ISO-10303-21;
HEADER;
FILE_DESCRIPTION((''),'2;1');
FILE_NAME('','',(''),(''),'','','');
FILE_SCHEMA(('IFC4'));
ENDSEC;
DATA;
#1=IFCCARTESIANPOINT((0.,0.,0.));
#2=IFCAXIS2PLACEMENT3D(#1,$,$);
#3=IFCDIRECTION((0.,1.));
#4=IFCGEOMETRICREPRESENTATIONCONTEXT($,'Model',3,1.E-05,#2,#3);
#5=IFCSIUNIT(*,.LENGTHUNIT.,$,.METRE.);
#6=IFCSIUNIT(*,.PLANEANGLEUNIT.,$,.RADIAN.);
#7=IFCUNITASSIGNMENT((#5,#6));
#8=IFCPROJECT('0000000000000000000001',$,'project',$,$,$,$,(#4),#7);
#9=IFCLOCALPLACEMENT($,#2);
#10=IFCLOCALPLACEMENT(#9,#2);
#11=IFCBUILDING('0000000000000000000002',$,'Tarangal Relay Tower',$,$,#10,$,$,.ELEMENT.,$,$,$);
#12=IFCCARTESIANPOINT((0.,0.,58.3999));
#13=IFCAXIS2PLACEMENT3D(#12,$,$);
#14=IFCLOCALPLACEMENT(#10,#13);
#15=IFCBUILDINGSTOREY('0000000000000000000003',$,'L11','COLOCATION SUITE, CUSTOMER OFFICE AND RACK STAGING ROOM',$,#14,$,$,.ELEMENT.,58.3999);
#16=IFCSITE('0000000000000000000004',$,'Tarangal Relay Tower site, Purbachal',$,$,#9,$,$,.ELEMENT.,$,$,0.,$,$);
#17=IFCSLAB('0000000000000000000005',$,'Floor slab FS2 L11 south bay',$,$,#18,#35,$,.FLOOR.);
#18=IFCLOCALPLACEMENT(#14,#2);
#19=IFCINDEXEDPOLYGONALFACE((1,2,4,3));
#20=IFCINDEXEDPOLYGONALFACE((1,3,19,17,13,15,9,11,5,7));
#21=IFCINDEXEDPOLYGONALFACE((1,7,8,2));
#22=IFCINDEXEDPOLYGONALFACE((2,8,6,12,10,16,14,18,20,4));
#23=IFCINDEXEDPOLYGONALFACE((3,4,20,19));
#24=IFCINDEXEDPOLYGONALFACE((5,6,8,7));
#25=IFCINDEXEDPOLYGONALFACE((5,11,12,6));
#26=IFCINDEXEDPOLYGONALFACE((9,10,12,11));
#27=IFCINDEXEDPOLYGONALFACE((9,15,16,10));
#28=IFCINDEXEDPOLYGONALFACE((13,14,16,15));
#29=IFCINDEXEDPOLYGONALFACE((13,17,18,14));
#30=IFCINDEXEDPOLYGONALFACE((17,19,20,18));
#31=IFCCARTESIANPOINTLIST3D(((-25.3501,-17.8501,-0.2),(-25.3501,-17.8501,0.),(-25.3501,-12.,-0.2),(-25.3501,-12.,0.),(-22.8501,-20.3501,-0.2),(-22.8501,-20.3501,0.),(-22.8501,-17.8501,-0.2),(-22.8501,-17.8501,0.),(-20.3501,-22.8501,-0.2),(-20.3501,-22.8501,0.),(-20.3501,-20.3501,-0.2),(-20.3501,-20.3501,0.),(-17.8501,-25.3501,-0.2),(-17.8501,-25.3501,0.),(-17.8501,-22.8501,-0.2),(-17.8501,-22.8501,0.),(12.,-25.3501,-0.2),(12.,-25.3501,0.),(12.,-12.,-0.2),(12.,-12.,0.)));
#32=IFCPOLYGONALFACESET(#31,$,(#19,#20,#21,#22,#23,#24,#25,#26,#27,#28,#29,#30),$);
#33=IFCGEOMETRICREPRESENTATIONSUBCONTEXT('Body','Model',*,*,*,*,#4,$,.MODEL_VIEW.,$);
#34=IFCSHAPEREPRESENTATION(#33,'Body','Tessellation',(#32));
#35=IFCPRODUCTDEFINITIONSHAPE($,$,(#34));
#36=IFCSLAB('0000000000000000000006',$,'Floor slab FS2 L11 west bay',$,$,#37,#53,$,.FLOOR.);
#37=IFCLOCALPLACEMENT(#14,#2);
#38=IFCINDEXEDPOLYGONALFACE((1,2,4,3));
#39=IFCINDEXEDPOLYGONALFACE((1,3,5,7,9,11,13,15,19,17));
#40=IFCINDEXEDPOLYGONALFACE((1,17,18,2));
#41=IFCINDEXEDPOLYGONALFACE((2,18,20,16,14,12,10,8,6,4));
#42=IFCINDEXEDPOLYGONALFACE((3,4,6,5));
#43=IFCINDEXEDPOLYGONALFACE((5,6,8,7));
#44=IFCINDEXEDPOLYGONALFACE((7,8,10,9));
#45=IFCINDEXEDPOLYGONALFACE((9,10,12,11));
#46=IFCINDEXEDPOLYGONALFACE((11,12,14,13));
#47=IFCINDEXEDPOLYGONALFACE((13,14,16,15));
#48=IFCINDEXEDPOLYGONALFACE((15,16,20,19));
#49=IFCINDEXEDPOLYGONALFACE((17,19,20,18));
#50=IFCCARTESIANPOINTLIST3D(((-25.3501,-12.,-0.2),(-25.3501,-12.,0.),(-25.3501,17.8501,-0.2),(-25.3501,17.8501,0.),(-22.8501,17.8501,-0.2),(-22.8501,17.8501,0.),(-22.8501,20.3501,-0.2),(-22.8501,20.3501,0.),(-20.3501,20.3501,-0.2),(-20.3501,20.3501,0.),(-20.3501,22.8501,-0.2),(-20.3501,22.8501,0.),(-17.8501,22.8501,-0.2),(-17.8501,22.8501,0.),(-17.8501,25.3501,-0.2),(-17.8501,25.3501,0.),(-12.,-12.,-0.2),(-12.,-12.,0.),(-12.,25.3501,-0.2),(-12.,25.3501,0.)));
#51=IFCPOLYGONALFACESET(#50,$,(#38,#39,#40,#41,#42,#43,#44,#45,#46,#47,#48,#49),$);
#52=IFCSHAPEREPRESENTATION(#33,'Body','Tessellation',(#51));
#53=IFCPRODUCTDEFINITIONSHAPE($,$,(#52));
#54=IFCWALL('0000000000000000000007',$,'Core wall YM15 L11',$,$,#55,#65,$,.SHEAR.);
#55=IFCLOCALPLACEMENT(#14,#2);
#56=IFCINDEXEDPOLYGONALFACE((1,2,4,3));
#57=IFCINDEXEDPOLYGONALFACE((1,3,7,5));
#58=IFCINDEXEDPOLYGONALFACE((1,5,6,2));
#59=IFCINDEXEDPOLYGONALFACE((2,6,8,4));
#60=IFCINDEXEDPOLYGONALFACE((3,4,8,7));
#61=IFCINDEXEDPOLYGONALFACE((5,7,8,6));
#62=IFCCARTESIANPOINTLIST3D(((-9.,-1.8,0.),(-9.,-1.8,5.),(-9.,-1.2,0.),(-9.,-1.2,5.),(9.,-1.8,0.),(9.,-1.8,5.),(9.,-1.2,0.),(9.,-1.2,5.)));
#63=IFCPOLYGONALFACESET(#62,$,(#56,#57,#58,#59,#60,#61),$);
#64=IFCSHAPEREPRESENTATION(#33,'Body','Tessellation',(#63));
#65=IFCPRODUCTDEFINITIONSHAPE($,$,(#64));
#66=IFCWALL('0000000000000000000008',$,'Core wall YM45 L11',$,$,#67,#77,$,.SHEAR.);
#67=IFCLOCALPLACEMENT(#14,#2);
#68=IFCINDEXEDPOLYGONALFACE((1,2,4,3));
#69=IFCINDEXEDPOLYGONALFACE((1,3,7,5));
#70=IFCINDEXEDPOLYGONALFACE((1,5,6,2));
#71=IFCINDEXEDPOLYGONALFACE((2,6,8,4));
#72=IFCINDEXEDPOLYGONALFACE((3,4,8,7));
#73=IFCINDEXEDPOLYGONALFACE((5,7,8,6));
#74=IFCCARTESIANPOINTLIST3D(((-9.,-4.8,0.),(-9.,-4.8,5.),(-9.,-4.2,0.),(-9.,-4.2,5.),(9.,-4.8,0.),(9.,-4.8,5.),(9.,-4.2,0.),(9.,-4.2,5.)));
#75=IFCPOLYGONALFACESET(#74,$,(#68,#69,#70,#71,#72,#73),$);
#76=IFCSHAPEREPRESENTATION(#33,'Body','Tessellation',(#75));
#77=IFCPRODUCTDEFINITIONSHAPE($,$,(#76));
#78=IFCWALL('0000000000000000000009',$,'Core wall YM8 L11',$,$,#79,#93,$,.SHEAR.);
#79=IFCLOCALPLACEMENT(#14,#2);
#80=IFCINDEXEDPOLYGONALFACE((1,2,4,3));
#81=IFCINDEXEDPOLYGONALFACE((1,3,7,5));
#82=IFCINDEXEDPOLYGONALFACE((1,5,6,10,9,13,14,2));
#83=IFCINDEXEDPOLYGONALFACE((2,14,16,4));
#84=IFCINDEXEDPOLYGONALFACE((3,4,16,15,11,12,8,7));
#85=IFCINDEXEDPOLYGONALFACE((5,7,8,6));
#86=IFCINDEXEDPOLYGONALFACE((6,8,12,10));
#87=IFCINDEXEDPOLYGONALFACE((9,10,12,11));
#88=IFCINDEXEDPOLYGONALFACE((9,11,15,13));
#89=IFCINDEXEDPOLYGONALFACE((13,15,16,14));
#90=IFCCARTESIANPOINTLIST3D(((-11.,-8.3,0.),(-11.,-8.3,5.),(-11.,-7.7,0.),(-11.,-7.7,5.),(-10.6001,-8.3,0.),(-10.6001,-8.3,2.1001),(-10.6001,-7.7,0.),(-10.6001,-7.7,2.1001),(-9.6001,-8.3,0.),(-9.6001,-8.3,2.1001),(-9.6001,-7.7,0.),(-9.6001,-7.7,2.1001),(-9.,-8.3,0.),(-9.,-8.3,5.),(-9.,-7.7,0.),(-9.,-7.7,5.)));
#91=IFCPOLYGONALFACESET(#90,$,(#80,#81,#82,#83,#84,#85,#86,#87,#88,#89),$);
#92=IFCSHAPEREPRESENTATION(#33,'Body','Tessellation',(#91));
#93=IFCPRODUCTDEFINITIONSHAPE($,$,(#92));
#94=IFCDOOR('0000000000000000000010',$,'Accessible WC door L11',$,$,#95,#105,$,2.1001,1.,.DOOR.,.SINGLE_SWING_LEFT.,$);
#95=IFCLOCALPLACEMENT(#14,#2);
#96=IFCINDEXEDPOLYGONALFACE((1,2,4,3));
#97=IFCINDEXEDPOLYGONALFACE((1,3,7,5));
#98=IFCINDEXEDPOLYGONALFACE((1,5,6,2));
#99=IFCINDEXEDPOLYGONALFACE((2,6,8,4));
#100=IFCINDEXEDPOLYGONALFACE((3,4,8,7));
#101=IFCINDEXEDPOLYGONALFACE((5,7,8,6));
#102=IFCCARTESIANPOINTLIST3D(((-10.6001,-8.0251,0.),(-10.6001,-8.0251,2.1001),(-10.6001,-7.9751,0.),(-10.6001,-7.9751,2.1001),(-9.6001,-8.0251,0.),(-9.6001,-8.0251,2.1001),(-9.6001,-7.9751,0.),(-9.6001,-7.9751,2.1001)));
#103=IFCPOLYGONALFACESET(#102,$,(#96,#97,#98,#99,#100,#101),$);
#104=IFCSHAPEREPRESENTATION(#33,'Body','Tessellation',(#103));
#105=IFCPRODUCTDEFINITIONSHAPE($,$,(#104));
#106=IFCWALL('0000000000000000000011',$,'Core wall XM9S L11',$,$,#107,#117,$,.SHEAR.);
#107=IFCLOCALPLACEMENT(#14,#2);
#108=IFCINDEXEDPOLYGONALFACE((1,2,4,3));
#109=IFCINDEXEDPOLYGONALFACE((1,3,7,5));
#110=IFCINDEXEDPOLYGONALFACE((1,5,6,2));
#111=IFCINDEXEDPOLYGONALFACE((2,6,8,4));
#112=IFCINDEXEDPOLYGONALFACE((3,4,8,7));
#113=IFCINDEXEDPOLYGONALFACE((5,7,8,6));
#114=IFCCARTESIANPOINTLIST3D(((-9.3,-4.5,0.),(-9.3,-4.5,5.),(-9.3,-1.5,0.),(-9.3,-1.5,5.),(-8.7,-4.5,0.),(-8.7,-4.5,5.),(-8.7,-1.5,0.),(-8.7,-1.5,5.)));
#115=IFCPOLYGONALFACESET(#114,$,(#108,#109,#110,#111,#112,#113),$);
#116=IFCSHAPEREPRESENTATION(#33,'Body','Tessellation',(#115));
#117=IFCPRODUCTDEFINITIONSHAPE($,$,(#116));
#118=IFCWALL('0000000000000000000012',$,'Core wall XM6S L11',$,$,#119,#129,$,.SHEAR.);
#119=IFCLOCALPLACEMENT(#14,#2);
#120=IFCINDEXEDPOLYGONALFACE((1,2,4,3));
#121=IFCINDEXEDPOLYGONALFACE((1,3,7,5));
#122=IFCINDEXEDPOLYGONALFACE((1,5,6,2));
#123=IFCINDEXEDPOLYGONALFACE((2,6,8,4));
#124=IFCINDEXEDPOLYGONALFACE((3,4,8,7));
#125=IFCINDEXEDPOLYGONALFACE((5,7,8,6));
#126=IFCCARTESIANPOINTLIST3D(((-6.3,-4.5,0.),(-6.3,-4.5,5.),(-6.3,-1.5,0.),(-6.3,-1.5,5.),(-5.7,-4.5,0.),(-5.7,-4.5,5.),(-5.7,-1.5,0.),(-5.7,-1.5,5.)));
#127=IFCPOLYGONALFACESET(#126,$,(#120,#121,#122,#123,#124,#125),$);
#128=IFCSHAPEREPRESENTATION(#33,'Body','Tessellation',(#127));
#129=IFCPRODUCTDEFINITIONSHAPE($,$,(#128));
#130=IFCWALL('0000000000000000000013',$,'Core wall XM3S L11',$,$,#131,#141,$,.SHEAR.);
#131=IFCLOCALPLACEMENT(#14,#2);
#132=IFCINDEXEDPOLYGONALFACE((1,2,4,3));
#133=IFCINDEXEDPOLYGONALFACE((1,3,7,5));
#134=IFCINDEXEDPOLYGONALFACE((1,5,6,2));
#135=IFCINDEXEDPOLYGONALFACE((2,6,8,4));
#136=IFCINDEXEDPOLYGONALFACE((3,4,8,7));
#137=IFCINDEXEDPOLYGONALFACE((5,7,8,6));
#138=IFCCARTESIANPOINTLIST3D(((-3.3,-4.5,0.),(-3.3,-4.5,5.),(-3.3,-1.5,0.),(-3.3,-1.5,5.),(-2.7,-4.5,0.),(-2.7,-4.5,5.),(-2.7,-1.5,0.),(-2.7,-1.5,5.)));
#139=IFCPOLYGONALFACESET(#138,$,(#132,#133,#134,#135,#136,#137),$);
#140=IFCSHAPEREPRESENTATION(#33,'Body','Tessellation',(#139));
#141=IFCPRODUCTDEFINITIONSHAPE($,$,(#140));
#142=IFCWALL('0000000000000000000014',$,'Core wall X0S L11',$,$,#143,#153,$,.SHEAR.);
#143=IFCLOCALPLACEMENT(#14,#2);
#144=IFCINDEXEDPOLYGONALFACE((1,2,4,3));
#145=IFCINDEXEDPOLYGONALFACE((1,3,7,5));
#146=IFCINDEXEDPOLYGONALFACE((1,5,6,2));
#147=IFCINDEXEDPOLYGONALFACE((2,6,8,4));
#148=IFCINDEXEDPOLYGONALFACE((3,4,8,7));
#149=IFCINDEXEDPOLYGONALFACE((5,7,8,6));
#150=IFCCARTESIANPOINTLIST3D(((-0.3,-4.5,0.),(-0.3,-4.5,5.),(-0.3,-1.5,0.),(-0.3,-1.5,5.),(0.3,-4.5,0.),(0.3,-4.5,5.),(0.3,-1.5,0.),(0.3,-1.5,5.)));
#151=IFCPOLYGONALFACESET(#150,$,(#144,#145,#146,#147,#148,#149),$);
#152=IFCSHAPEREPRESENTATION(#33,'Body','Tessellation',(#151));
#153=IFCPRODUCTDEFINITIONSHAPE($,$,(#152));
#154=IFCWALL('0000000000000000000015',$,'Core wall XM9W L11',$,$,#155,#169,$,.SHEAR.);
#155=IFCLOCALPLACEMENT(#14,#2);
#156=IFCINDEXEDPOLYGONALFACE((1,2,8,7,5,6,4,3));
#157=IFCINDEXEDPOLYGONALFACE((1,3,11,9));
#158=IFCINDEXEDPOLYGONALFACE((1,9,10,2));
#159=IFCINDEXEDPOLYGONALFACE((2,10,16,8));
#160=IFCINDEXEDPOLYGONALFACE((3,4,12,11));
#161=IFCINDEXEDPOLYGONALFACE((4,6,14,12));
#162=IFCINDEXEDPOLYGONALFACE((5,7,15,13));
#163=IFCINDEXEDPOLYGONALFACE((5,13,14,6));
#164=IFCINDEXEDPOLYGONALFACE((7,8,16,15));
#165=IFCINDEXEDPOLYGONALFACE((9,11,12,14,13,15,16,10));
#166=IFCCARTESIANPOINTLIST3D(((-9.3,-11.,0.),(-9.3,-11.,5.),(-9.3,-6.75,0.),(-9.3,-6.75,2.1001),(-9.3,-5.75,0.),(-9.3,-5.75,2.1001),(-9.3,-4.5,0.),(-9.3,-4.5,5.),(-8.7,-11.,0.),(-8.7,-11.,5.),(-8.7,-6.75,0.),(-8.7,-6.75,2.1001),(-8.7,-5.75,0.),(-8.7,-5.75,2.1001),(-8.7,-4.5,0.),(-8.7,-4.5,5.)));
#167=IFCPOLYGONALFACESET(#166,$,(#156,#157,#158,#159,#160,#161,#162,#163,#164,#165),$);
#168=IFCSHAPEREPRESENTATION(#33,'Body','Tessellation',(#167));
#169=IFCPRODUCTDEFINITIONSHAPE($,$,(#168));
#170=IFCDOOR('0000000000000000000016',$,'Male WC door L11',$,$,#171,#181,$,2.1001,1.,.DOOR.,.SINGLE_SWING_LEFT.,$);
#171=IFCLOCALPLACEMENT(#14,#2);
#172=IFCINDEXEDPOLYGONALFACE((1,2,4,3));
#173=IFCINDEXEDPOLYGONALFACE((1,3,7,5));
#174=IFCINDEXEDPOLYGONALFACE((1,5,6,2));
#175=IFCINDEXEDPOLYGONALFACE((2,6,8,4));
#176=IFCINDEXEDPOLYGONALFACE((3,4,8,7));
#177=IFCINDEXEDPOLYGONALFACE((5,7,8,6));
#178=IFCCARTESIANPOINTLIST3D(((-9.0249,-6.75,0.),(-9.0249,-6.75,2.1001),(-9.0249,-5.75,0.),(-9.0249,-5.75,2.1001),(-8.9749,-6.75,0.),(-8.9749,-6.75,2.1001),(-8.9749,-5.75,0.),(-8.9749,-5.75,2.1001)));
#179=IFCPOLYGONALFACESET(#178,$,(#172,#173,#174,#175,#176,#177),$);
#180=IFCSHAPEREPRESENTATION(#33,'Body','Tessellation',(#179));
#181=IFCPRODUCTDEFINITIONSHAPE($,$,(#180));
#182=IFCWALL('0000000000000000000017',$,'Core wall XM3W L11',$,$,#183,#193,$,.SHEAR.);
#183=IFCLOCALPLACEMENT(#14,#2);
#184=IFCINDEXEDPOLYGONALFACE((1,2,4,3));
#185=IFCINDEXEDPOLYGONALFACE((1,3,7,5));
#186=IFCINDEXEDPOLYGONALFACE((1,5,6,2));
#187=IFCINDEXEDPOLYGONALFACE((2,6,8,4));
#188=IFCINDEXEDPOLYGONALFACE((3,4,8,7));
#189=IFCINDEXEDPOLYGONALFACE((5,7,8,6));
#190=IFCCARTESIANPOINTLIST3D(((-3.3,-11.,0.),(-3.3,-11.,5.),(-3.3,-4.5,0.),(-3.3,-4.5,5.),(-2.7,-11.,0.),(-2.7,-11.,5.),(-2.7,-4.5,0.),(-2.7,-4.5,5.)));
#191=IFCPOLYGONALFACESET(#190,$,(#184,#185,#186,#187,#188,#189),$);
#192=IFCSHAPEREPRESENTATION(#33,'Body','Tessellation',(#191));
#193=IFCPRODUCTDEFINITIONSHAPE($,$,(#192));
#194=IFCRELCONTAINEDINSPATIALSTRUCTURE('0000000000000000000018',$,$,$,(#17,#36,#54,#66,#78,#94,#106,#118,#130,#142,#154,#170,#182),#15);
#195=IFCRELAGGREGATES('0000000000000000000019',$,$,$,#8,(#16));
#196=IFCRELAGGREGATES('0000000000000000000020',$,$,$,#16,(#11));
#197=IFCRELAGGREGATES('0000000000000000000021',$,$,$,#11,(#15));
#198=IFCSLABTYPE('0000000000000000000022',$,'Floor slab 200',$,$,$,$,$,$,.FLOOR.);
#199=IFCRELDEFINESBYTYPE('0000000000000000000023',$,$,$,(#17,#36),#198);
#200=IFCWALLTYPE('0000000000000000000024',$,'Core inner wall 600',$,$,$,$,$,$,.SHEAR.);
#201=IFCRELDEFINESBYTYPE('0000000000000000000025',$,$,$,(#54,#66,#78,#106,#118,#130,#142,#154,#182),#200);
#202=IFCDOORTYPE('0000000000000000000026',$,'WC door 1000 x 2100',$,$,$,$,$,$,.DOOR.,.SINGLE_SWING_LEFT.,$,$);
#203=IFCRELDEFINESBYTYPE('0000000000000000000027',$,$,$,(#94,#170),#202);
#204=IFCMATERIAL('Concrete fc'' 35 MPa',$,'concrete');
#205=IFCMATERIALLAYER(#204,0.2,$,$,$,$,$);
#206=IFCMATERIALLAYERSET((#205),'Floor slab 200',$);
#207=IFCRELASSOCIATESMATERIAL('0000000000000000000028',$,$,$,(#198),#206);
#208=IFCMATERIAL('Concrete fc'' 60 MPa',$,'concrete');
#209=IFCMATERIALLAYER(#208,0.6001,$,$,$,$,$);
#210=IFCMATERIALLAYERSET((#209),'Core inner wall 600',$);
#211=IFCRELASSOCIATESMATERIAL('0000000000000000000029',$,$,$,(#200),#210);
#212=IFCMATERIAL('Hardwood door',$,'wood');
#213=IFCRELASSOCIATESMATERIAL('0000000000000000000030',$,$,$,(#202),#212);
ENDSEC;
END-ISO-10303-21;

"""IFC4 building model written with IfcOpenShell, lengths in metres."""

from ifc_helpers import new_model, si_unit, direction, frame, frame_2d, origin, place, context, subcontext, project, spatial, polyline, rectangle, outline, extrude, material, layer, layer_set, type_object, element, fill, save


model = new_model("IFC4")

# Units and contexts
model_context = context("Model", 3, precision=1e-05, world=origin(), true_north=direction((0.0, 1.0)))
body_context = subcontext(model_context, "Body", "Model", "MODEL_VIEW")
ifc_project = project(units=[si_unit("LENGTHUNIT", "METRE"), si_unit("PLANEANGLEUNIT", "RADIAN")], contexts=[model_context])

# Site, building, storey
site_placement = place(None, origin())
site = spatial("IfcSite", under=ifc_project, at=site_placement, Name="Tarangal Relay Tower site, Purbachal", CompositionType="ELEMENT", RefElevation=0.0)
building_placement = place(site_placement, origin())
building = spatial("IfcBuilding", under=site, at=building_placement, Name="Tarangal Relay Tower", CompositionType="ELEMENT")
storey_placement = place(building_placement, frame((0.0, 0.0, 58.3999)))
storey = spatial("IfcBuildingStorey", under=building, at=storey_placement, Name="L11", Description="COLOCATION SUITE, CUSTOMER OFFICE AND RACK STAGING ROOM", CompositionType="ELEMENT", Elevation=58.3999)

# Slabs
ifc_material_1 = material(Name="Concrete fc' 35 MPa", Category="concrete")
ifc_layer_1 = layer(ifc_material_1, 0.2)
ifc_layer_set_1 = layer_set([ifc_layer_1], Name="Floor slab 200")
slab_type = type_object("IfcSlabType", Name="Floor slab 200", PredefinedType="FLOOR", material=ifc_layer_set_1)
slab_1_placement = place(storey_placement, frame((0.0, 0.0, -0.2)))
element("IfcSlab", 1, at=slab_1_placement, inside=storey, type_object=slab_type, Name="Floor slab FS2 L11 south bay", PredefinedType="FLOOR", context=body_context, shape_type="SweptSolid", body=[
    extrude(outline(polyline([(-17.8501, -25.3501), (-17.8501, -22.8501), (-20.3501, -22.8501), (-20.3501, -20.3501), (-22.8501, -20.3501), (-22.8501, -17.8501), (-25.3501, -17.8501), (-25.3501, -12.0), (12.0, -12.0), (12.0, -25.3501), (-17.8501, -25.3501)])), origin(), (0.0, 0.0, 1.0), 0.2),
])
slab_2_placement = place(storey_placement, frame((0.0, 0.0, -0.2)))
element("IfcSlab", 2, at=slab_2_placement, inside=storey, type_object=slab_type, Name="Floor slab FS2 L11 west bay", PredefinedType="FLOOR", context=body_context, shape_type="SweptSolid", body=[
    extrude(outline(polyline([(-12.0, 25.3501), (-12.0, -12.0), (-25.3501, -12.0), (-25.3501, 17.8501), (-22.8501, 17.8501), (-22.8501, 20.3501), (-20.3501, 20.3501), (-20.3501, 22.8501), (-17.8501, 22.8501), (-17.8501, 25.3501), (-12.0, 25.3501)])), origin(), (0.0, 0.0, 1.0), 0.2),
])

# Walls
ifc_material_2 = material(Name="Concrete fc' 60 MPa", Category="concrete")
ifc_layer_2 = layer(ifc_material_2, 0.6001)
ifc_layer_set_2 = layer_set([ifc_layer_2], Name="Core inner wall 600")
wall_type_1 = type_object("IfcWallType", Name="Core inner wall 600", PredefinedType="SHEAR", material=ifc_layer_set_2)
for number, where, z_axis, x_axis, name in (
    (3, (-9.0, -1.5, 0.0), (0.0, 0.0, 1.0), (1.0, 0.0, 0.0), "Core wall YM15 L11"),
    (4, (-9.0, -4.5, 0.0), (0.0, 0.0, 1.0), (1.0, 0.0, 0.0), "Core wall YM45 L11"),
):
    element("IfcWall", number, at=place(storey_placement, frame(where, z_axis=z_axis, x_axis=x_axis)), inside=storey, type_object=wall_type_1, Name=name, PredefinedType="SHEAR", context=body_context, shape_type="SweptSolid", body=[
        extrude(rectangle(XDim=18.0, YDim=0.6001, at=frame_2d((9.0, 0.0))), origin(), (0.0, 0.0, 1.0), 5.0),
    ])

# Wall, opening, door
wall_1_placement = place(storey_placement, frame((-11.0, -8.0, 0.0), z_axis=(0.0, 0.0, 1.0), x_axis=(1.0, 0.0, 0.0)))
wall_1 = element("IfcWall", 5, at=wall_1_placement, inside=storey, type_object=wall_type_1, Name="Core wall YM8 L11", PredefinedType="SHEAR", context=body_context, shape_type="SweptSolid", body=[
    extrude(rectangle(XDim=2.0, YDim=0.6001, at=frame_2d((1.0, 0.0))), origin(), (0.0, 0.0, 1.0), 5.0),
])
opening_1_placement = place(wall_1_placement, frame((0.3999, 0.0, 0.0)))
opening_1 = element("IfcOpeningElement", 6, at=opening_1_placement, cuts=wall_1, PredefinedType="OPENING", context=body_context, shape_type="SweptSolid", body=[
    extrude(rectangle(XDim=1.0, YDim=2.1001, at=frame_2d((0.5, 1.05))), frame((0.0, 0.3101, 0.0), z_axis=(0.0, -1.0, 0.0), x_axis=(1.0, 0.0, 0.0)), (0.0, 0.0, 1.0), 0.6201),
])
ifc_material_3 = material(Name="Hardwood door", Category="wood")
door_type_1 = type_object("IfcDoorType", Name="WC door 1000 x 2100", OperationType="SINGLE_SWING_LEFT", PredefinedType="DOOR", material=ifc_material_3)
door_1_placement = place(opening_1_placement, origin())
door_1 = element("IfcDoor", 7, at=door_1_placement, inside=storey, type_object=door_type_1, Name="Accessible WC door L11", OperationType="SINGLE_SWING_LEFT", OverallHeight=2.1001, OverallWidth=1.0, PredefinedType="DOOR", context=body_context, shape_type="SweptSolid", body=[
    extrude(rectangle(XDim=1.0, YDim=2.1001, at=frame_2d((0.5, 1.05))), frame((0.0, 0.0249, 0.0), z_axis=(0.0, -1.0, 0.0), x_axis=(1.0, 0.0, 0.0)), (0.0, 0.0, 1.0), 0.05),
])
fill(opening_1, door_1)

# Walls
for number, where, z_axis, x_axis, name in (
    (8, (-9.0, -4.5, 0.0), (0.0, 0.0, 1.0), (0.0, 1.0, 0.0), "Core wall XM9S L11"),
    (9, (-6.0, -4.5, 0.0), (0.0, 0.0, 1.0), (0.0, 1.0, 0.0), "Core wall XM6S L11"),
    (10, (-3.0, -4.5, 0.0), (0.0, 0.0, 1.0), (0.0, 1.0, 0.0), "Core wall XM3S L11"),
    (11, (0.0, -4.5, 0.0), (0.0, 0.0, 1.0), (0.0, 1.0, 0.0), "Core wall X0S L11"),
):
    element("IfcWall", number, at=place(storey_placement, frame(where, z_axis=z_axis, x_axis=x_axis)), inside=storey, type_object=wall_type_1, Name=name, PredefinedType="SHEAR", context=body_context, shape_type="SweptSolid", body=[
        extrude(rectangle(XDim=3.0, YDim=0.6001, at=frame_2d((1.5, 0.0))), origin(), (0.0, 0.0, 1.0), 5.0),
    ])

# Wall, opening, door
wall_2_placement = place(storey_placement, frame((-9.0, -11.0, 0.0), z_axis=(0.0, 0.0, 1.0), x_axis=(0.0, 1.0, 0.0)))
wall_2 = element("IfcWall", 12, at=wall_2_placement, inside=storey, type_object=wall_type_1, Name="Core wall XM9W L11", PredefinedType="SHEAR", context=body_context, shape_type="SweptSolid", body=[
    extrude(rectangle(XDim=6.5, YDim=0.6001, at=frame_2d((3.25, 0.0))), origin(), (0.0, 0.0, 1.0), 5.0),
])
opening_2_placement = place(wall_2_placement, frame((4.25, 0.0, 0.0)))
opening_2 = element("IfcOpeningElement", 13, at=opening_2_placement, cuts=wall_2, PredefinedType="OPENING", context=body_context, shape_type="SweptSolid", body=[
    extrude(rectangle(XDim=1.0, YDim=2.1001, at=frame_2d((0.5, 1.05))), frame((0.0, 0.3101, 0.0), z_axis=(0.0, -1.0, 0.0), x_axis=(1.0, 0.0, 0.0)), (0.0, 0.0, 1.0), 0.6201),
])
door_2_placement = place(opening_2_placement, origin())
door_2 = element("IfcDoor", 14, at=door_2_placement, inside=storey, type_object=door_type_1, Name="Male WC door L11", OperationType="SINGLE_SWING_LEFT", OverallHeight=2.1001, OverallWidth=1.0, PredefinedType="DOOR", context=body_context, shape_type="SweptSolid", body=[
    extrude(rectangle(XDim=1.0, YDim=2.1001, at=frame_2d((0.5, 1.05))), frame((0.0, 0.0249, 0.0), z_axis=(0.0, -1.0, 0.0), x_axis=(1.0, 0.0, 0.0)), (0.0, 0.0, 1.0), 0.05),
])
fill(opening_2, door_2)

# Wall
wall_3_placement = place(storey_placement, frame((-3.0, -11.0, 0.0), z_axis=(0.0, 0.0, 1.0), x_axis=(0.0, 1.0, 0.0)))
element("IfcWall", 15, at=wall_3_placement, inside=storey, type_object=wall_type_1, Name="Core wall XM3W L11", PredefinedType="SHEAR", context=body_context, shape_type="SweptSolid", body=[
    extrude(rectangle(XDim=6.5, YDim=0.6001, at=frame_2d((3.25, 0.0))), origin(), (0.0, 0.0, 1.0), 5.0),
])

save(model, "model.ifc")
